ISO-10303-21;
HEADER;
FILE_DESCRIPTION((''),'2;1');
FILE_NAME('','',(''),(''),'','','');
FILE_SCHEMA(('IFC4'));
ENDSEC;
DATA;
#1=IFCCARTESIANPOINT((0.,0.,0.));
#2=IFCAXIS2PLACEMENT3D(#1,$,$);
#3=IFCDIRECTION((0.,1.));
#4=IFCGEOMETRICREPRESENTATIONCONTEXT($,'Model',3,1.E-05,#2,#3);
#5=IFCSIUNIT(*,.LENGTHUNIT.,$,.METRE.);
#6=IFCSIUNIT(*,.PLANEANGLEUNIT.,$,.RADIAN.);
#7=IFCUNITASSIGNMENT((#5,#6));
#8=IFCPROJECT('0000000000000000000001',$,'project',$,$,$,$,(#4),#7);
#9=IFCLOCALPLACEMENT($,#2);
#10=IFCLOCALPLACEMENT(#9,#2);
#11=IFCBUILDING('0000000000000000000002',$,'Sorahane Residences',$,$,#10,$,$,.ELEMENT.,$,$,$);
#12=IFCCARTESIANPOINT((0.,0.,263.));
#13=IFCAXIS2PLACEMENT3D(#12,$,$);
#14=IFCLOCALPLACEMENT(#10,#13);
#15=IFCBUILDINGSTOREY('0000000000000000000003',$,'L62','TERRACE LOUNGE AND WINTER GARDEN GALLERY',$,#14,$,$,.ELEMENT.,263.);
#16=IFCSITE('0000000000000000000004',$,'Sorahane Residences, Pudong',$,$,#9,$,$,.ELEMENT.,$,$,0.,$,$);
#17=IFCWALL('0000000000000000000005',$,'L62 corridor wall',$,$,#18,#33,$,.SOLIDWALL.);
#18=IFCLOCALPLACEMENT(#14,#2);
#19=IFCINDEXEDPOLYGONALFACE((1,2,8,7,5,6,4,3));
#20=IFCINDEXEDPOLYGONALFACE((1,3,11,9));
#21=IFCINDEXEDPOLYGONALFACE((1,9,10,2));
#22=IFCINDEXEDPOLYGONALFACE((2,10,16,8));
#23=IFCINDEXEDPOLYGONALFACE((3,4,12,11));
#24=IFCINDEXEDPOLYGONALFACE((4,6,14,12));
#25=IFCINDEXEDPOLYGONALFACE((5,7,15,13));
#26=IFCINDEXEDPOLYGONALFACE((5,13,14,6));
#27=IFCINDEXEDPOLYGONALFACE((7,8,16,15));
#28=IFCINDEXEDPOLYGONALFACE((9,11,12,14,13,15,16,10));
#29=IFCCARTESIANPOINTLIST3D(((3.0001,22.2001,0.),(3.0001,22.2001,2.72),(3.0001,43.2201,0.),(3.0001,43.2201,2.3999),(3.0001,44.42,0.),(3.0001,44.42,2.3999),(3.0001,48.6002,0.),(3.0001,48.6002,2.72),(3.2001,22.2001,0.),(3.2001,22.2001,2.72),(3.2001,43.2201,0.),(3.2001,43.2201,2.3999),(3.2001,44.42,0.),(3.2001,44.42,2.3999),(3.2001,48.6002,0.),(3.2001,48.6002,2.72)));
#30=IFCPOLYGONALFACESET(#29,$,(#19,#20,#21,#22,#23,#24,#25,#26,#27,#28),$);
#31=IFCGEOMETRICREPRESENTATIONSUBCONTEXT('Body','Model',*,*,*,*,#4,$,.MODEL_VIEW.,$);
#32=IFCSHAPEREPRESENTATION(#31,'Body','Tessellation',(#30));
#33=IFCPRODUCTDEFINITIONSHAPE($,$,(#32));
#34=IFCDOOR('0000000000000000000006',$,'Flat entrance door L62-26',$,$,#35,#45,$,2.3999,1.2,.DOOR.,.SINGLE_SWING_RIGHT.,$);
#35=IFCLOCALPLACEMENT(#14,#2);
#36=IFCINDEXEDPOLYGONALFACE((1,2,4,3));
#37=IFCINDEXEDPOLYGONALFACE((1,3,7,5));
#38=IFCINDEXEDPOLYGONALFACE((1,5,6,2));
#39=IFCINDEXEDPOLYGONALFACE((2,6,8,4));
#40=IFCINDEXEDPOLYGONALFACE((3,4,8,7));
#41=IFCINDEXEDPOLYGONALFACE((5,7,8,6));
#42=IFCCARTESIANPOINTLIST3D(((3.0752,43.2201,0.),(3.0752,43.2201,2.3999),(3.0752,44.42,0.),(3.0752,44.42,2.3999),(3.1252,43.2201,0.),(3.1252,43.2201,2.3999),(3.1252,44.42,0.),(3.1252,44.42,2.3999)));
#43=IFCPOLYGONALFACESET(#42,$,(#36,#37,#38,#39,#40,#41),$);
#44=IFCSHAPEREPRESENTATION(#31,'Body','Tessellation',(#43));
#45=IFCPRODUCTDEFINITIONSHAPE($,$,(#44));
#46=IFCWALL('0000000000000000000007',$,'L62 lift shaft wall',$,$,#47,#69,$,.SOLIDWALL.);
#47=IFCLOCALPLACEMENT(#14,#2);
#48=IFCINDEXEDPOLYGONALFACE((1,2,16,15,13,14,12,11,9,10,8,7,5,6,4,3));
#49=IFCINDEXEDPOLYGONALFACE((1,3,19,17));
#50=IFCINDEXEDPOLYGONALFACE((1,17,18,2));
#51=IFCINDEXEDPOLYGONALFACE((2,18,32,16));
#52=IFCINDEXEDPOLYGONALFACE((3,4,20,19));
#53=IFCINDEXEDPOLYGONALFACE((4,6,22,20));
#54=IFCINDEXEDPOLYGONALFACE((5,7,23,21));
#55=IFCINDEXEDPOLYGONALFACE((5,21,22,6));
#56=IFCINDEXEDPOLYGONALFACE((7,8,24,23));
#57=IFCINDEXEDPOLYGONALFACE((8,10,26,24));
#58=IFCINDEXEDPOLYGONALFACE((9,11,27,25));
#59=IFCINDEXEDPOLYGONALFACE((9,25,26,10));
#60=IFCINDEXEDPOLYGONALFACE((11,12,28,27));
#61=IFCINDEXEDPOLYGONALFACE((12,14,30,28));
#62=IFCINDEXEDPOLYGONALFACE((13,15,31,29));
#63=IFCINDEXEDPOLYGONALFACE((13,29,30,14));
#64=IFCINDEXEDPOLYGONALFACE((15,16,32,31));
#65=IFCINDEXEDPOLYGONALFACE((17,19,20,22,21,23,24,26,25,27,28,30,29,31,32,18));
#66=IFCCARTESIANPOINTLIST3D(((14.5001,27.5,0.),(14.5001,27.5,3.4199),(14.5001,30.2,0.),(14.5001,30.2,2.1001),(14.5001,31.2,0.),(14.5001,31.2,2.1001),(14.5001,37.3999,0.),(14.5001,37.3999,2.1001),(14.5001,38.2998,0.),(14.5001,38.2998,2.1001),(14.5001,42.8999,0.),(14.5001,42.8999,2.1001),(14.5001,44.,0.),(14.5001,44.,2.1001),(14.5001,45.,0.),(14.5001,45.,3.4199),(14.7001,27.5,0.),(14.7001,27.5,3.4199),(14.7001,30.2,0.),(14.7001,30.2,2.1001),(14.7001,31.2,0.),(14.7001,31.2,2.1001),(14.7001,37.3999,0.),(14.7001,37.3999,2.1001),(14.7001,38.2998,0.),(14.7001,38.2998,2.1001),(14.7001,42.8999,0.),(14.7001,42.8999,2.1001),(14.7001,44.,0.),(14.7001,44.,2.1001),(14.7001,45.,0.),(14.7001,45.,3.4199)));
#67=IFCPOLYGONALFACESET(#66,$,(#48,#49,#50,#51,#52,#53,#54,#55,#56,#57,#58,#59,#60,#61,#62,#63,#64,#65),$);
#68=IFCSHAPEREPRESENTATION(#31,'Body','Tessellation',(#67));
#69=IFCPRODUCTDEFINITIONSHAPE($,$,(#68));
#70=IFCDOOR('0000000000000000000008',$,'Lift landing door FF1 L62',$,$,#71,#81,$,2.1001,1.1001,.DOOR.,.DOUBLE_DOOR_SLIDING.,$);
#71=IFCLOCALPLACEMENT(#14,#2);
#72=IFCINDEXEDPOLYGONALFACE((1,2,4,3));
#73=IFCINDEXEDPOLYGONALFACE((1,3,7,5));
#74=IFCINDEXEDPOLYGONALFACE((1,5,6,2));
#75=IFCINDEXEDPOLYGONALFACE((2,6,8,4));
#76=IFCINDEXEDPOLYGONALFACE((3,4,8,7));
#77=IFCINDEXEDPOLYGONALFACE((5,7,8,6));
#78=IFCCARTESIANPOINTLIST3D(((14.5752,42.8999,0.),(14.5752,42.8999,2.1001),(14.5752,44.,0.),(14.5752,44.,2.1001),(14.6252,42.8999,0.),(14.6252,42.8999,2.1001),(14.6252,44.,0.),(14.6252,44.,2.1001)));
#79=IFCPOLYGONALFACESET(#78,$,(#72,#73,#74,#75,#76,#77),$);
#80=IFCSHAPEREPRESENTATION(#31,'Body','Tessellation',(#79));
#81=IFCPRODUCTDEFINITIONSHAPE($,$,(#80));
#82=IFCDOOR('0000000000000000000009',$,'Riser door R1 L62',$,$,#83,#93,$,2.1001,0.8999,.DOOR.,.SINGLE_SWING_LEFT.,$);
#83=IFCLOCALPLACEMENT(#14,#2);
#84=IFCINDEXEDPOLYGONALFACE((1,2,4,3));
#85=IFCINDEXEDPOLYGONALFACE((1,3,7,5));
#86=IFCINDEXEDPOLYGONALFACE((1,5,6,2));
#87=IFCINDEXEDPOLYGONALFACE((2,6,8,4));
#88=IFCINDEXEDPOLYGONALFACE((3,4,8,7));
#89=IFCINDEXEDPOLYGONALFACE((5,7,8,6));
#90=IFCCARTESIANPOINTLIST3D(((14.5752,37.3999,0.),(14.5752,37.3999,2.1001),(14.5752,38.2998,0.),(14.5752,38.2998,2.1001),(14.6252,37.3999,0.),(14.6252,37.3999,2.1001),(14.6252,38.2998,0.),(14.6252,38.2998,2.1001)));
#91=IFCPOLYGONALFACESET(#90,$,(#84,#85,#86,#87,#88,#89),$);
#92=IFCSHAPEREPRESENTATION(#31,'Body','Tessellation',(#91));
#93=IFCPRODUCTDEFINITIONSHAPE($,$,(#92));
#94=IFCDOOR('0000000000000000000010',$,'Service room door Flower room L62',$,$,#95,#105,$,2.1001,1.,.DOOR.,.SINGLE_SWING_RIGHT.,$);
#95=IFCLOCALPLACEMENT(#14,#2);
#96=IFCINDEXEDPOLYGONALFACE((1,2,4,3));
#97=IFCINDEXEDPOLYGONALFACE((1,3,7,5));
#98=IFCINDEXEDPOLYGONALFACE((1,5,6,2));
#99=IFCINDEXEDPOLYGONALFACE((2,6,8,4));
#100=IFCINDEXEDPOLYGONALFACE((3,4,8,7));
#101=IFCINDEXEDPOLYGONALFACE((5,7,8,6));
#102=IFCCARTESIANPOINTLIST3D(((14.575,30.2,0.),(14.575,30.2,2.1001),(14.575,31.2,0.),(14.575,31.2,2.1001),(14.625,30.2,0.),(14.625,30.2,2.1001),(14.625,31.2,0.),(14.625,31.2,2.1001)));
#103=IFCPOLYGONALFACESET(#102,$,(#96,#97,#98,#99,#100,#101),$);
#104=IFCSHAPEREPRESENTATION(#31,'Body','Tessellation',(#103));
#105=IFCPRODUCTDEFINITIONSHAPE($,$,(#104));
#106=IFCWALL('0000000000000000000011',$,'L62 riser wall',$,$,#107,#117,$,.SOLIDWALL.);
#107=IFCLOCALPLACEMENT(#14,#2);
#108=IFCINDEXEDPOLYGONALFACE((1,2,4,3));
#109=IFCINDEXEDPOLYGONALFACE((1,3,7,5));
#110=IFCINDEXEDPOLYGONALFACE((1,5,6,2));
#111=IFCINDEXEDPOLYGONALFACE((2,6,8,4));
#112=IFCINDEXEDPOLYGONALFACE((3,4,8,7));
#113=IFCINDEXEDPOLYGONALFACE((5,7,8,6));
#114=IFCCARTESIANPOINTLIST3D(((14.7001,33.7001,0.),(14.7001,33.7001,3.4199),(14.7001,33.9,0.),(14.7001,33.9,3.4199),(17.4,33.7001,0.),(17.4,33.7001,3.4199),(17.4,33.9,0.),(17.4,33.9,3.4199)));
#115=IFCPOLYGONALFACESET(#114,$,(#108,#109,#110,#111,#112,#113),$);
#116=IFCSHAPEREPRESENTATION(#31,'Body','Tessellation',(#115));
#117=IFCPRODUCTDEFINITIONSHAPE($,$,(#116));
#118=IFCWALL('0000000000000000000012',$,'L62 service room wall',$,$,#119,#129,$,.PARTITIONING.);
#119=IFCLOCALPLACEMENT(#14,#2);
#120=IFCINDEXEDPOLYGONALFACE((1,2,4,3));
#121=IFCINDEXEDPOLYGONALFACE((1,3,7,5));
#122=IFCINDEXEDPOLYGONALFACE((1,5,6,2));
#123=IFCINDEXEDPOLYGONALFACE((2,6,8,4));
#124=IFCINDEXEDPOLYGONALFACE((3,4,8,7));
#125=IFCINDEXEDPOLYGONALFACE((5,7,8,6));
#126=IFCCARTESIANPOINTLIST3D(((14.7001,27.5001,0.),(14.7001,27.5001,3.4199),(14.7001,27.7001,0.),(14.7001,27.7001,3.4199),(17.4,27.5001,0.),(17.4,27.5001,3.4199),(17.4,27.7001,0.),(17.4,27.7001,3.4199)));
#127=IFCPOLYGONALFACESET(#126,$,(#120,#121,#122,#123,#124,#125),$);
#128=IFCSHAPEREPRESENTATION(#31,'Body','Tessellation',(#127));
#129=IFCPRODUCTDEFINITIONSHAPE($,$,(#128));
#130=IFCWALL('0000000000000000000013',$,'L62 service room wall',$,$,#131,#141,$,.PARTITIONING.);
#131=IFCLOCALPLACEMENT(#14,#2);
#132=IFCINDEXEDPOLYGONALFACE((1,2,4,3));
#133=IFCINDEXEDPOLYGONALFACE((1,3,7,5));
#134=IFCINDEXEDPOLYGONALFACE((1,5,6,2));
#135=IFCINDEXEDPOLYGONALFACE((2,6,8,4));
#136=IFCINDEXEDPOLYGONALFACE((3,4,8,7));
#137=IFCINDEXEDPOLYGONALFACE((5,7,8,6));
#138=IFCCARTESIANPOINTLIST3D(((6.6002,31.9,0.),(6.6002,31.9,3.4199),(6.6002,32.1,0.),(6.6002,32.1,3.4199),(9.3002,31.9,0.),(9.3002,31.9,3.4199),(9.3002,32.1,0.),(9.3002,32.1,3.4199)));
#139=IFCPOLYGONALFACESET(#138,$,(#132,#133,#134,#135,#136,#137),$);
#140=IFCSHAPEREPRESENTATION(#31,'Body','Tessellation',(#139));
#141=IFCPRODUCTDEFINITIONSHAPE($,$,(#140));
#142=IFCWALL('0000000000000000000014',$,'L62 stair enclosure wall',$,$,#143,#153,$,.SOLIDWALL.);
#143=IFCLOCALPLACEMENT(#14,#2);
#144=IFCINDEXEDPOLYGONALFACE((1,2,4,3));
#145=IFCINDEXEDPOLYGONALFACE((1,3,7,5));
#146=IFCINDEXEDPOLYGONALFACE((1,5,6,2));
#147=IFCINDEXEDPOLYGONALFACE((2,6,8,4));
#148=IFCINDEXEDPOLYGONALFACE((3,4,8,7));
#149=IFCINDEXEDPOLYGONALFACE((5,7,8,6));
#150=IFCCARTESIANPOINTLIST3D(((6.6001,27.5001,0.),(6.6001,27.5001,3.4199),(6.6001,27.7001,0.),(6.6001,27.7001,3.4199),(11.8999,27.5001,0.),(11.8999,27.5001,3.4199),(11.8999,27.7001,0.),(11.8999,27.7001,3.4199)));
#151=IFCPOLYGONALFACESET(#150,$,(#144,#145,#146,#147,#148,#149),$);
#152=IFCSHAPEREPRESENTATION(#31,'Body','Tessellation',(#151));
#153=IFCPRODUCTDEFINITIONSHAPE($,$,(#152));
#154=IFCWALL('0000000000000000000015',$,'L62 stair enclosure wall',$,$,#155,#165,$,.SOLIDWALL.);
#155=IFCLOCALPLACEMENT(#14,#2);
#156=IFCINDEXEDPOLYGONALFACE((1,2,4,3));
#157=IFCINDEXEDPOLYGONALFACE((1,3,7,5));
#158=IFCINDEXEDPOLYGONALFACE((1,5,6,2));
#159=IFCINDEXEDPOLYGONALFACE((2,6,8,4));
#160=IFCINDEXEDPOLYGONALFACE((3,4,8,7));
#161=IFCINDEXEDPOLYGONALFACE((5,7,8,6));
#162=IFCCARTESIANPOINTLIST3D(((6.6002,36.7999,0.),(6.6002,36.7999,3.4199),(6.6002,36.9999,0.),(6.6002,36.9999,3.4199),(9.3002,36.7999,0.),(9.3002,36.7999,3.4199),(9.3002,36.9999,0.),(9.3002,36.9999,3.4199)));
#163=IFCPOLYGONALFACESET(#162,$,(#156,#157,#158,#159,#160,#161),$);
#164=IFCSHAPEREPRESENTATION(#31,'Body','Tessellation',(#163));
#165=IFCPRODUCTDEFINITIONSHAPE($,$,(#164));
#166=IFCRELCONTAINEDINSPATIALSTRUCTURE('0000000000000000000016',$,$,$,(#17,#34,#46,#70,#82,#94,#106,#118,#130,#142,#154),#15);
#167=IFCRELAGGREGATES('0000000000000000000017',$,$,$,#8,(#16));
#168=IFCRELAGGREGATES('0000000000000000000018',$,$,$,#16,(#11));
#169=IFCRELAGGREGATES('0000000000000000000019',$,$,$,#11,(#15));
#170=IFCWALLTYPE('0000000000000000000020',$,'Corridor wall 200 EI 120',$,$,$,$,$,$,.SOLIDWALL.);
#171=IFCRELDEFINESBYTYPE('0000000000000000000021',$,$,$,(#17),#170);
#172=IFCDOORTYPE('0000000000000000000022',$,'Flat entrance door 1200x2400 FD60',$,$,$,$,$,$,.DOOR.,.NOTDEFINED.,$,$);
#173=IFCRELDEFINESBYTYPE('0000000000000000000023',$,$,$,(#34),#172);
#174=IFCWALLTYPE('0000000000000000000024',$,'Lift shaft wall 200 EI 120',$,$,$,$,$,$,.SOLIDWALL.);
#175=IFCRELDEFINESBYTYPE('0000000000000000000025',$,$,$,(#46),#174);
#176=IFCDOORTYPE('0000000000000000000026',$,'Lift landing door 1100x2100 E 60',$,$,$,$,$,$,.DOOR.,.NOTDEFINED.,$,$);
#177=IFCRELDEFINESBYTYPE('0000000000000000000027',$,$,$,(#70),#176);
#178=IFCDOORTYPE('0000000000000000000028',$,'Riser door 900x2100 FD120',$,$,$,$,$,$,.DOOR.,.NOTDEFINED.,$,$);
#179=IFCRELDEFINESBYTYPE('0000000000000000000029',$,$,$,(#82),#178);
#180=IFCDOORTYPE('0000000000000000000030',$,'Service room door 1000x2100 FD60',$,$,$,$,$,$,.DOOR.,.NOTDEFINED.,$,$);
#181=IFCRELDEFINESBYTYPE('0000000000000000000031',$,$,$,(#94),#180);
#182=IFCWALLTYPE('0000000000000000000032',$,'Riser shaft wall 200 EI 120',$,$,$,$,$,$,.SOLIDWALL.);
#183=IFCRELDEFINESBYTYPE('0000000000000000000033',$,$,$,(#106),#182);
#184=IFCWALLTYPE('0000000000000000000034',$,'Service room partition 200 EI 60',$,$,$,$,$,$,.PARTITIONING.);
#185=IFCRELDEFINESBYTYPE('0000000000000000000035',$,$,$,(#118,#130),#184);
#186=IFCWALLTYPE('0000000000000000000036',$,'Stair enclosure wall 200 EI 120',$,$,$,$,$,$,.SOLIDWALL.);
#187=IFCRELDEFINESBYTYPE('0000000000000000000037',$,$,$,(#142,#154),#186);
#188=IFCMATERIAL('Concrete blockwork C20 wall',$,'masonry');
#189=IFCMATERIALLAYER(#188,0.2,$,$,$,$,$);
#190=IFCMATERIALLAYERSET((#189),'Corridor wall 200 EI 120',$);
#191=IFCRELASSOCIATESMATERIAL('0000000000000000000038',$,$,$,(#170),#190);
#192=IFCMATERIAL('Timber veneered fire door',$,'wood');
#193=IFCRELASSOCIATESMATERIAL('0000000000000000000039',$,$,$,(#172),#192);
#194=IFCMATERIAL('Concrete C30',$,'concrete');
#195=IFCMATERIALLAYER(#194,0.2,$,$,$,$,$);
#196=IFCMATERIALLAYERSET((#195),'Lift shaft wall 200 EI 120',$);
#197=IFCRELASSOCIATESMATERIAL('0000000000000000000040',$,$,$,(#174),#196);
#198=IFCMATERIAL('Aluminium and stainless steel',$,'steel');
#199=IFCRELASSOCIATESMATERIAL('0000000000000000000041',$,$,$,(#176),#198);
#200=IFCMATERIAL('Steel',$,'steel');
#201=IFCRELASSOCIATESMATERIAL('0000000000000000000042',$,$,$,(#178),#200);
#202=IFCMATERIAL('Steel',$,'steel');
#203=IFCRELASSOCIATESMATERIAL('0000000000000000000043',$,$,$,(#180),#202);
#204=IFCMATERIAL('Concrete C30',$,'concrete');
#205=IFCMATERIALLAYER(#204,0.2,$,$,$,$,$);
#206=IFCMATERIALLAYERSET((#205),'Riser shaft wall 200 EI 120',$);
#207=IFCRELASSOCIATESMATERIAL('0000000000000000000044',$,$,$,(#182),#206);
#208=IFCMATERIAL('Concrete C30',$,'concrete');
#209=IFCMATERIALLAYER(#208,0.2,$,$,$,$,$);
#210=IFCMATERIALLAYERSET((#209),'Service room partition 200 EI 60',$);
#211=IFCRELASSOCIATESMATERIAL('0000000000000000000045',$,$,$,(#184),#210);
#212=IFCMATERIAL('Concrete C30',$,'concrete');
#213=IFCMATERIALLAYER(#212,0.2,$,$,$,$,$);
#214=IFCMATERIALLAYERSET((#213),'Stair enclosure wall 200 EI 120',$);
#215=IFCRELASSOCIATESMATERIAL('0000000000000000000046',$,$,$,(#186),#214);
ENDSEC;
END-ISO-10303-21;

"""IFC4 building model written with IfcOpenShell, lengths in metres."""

from ifc_helpers import new_model, si_unit, direction, frame, frame_2d, origin, place, context, subcontext, project, spatial, rectangle, extrude, material, layer, layer_set, type_object, element, fill, save


model = new_model("IFC4")

# Units and contexts
model_context = context("Model", 3, precision=1e-05, world=origin(), true_north=direction((0.0, 1.0)))
body_context = subcontext(model_context, "Body", "Model", "MODEL_VIEW")
ifc_project = project(units=[si_unit("LENGTHUNIT", "METRE"), si_unit("PLANEANGLEUNIT", "RADIAN")], contexts=[model_context])

# Site, building, storey
site_placement = place(None, origin())
site = spatial("IfcSite", under=ifc_project, at=site_placement, Name="Sorahane Residences, Pudong", CompositionType="ELEMENT", RefElevation=0.0)
building_placement = place(site_placement, origin())
building = spatial("IfcBuilding", under=site, at=building_placement, Name="Sorahane Residences", CompositionType="ELEMENT")
storey_placement = place(building_placement, frame((0.0, 0.0, 263.0)))
storey = spatial("IfcBuildingStorey", under=building, at=storey_placement, Name="L62", Description="TERRACE LOUNGE AND WINTER GARDEN GALLERY", CompositionType="ELEMENT", Elevation=263.0)

# Wall, opening, door
ifc_material_1 = material(Name="Concrete blockwork C20 wall", Category="masonry")
ifc_layer_1 = layer(ifc_material_1, 0.2)
ifc_layer_set_1 = layer_set([ifc_layer_1], Name="Corridor wall 200 EI 120")
wall_type_1 = type_object("IfcWallType", Name="Corridor wall 200 EI 120", PredefinedType="SOLIDWALL", material=ifc_layer_set_1)
wall_1_placement = place(storey_placement, frame((3.1001, 22.2, 0.0), z_axis=(0.0, 0.0, 1.0), x_axis=(0.0, 1.0, 0.0)))
wall_1 = element("IfcWall", 1, at=wall_1_placement, inside=storey, type_object=wall_type_1, Name="L62 corridor wall", PredefinedType="SOLIDWALL", context=body_context, shape_type="SweptSolid", body=[
    extrude(rectangle(XDim=26.4001, YDim=0.2, at=frame_2d((13.2002, 0.0))), origin(), (0.0, 0.0, 1.0), 2.72),
])
opening_1_placement = place(wall_1_placement, frame((21.02, 0.0, 0.0)))
opening_1 = element("IfcOpeningElement", 2, at=opening_1_placement, cuts=wall_1, PredefinedType="OPENING", context=body_context, shape_type="SweptSolid", body=[
    extrude(rectangle(XDim=1.2, YDim=2.3999, at=frame_2d((0.6001, 1.2))), frame((0.0, 0.1099, 0.0), z_axis=(0.0, -1.0, 0.0), x_axis=(1.0, 0.0, 0.0)), (0.0, 0.0, 1.0), 0.22),
])
ifc_material_2 = material(Name="Timber veneered fire door", Category="wood")
door_type_1 = type_object("IfcDoorType", Name="Flat entrance door 1200x2400 FD60", OperationType="NOTDEFINED", PredefinedType="DOOR", material=ifc_material_2)
door_1_placement = place(opening_1_placement, origin())
door_1 = element("IfcDoor", 3, at=door_1_placement, inside=storey, type_object=door_type_1, Name="Flat entrance door L62-26", OperationType="SINGLE_SWING_RIGHT", OverallHeight=2.3999, OverallWidth=1.2, PredefinedType="DOOR", context=body_context, shape_type="SweptSolid", body=[
    extrude(rectangle(XDim=1.2, YDim=2.3999, at=frame_2d((0.6001, 1.2))), frame((0.0, 0.0249, 0.0), z_axis=(0.0, -1.0, 0.0), x_axis=(1.0, 0.0, 0.0)), (0.0, 0.0, 1.0), 0.05),
])
fill(opening_1, door_1)

# Wall, openings, doors
ifc_material_3 = material(Name="Concrete C30", Category="concrete")
ifc_layer_2 = layer(ifc_material_3, 0.2)
ifc_layer_set_2 = layer_set([ifc_layer_2], Name="Lift shaft wall 200 EI 120")
wall_type_2 = type_object("IfcWallType", Name="Lift shaft wall 200 EI 120", PredefinedType="SOLIDWALL", material=ifc_layer_set_2)
wall_2_placement = place(storey_placement, frame((14.6001, 27.5, 0.0), z_axis=(0.0, 0.0, 1.0), x_axis=(0.0, 1.0, 0.0)))
wall_2 = element("IfcWall", 4, at=wall_2_placement, inside=storey, type_object=wall_type_2, Name="L62 lift shaft wall", PredefinedType="SOLIDWALL", context=body_context, shape_type="SweptSolid", body=[
    extrude(rectangle(XDim=17.5, YDim=0.2, at=frame_2d((8.75, 0.0))), origin(), (0.0, 0.0, 1.0), 3.4199),
])
opening_2_placement = place(wall_2_placement, frame((15.3999, 0.0, 0.0)))
opening_2 = element("IfcOpeningElement", 5, at=opening_2_placement, cuts=wall_2, PredefinedType="OPENING", context=body_context, shape_type="SweptSolid", body=[
    extrude(rectangle(XDim=1.1001, YDim=2.1001, at=frame_2d((0.55, 1.05))), frame((0.0, 0.1099, 0.0), z_axis=(0.0, -1.0, 0.0), x_axis=(1.0, 0.0, 0.0)), (0.0, 0.0, 1.0), 0.22),
])
opening_3_placement = place(wall_2_placement, frame((2.7, 0.0, 0.0)))
opening_3 = element("IfcOpeningElement", 6, at=opening_3_placement, cuts=wall_2, PredefinedType="OPENING", context=body_context, shape_type="SweptSolid", body=[
    extrude(rectangle(XDim=1.0, YDim=2.1001, at=frame_2d((0.5, 1.05))), frame((0.0, 0.1099, 0.0), z_axis=(0.0, -1.0, 0.0), x_axis=(1.0, 0.0, 0.0)), (0.0, 0.0, 1.0), 0.22),
])
opening_4_placement = place(wall_2_placement, frame((9.8999, 0.0, 0.0)))
opening_4 = element("IfcOpeningElement", 7, at=opening_4_placement, cuts=wall_2, PredefinedType="OPENING", context=body_context, shape_type="SweptSolid", body=[
    extrude(rectangle(XDim=0.8999, YDim=2.1001, at=frame_2d((0.45, 1.05))), frame((0.0, 0.1099, 0.0), z_axis=(0.0, -1.0, 0.0), x_axis=(1.0, 0.0, 0.0)), (0.0, 0.0, 1.0), 0.22),
])
ifc_material_4 = material(Name="Aluminium and stainless steel", Category="steel")
door_type_2 = type_object("IfcDoorType", Name="Lift landing door 1100x2100 E 60", OperationType="NOTDEFINED", PredefinedType="DOOR", material=ifc_material_4)
door_2_placement = place(opening_2_placement, origin())
door_2 = element("IfcDoor", 8, at=door_2_placement, inside=storey, type_object=door_type_2, Name="Lift landing door FF1 L62", OperationType="DOUBLE_DOOR_SLIDING", OverallHeight=2.1001, OverallWidth=1.1001, PredefinedType="DOOR", context=body_context, shape_type="SweptSolid", body=[
    extrude(rectangle(XDim=1.1001, YDim=2.1001, at=frame_2d((0.55, 1.05))), frame((0.0, 0.0249, 0.0), z_axis=(0.0, -1.0, 0.0), x_axis=(1.0, 0.0, 0.0)), (0.0, 0.0, 1.0), 0.05),
])
fill(opening_2, door_2)
ifc_material_5 = material(Name="Steel", Category="steel")
door_type_3 = type_object("IfcDoorType", Name="Riser door 900x2100 FD120", OperationType="NOTDEFINED", PredefinedType="DOOR", material=ifc_material_5)
door_3_placement = place(opening_4_placement, origin())
door_3 = element("IfcDoor", 9, at=door_3_placement, inside=storey, type_object=door_type_3, Name="Riser door R1 L62", OperationType="SINGLE_SWING_LEFT", OverallHeight=2.1001, OverallWidth=0.8999, PredefinedType="DOOR", context=body_context, shape_type="SweptSolid", body=[
    extrude(rectangle(XDim=0.8999, YDim=2.1001, at=frame_2d((0.45, 1.05))), frame((0.0, 0.0249, 0.0), z_axis=(0.0, -1.0, 0.0), x_axis=(1.0, 0.0, 0.0)), (0.0, 0.0, 1.0), 0.05),
])
fill(opening_4, door_3)
ifc_material_6 = material(Name="Steel", Category="steel")
door_type_4 = type_object("IfcDoorType", Name="Service room door 1000x2100 FD60", OperationType="NOTDEFINED", PredefinedType="DOOR", material=ifc_material_6)
door_4_placement = place(opening_3_placement, frame((1.0, 0.0, 0.0), z_axis=(0.0, 0.0, 1.0), x_axis=(-1.0, 0.0, 0.0)))
door_4 = element("IfcDoor", 10, at=door_4_placement, inside=storey, type_object=door_type_4, Name="Service room door Flower room L62", OperationType="SINGLE_SWING_RIGHT", OverallHeight=2.1001, OverallWidth=1.0, PredefinedType="DOOR", context=body_context, shape_type="SweptSolid", body=[
    extrude(rectangle(XDim=1.0, YDim=2.1001, at=frame_2d((0.5, 1.05))), frame((0.0, 0.0249, 0.0), z_axis=(0.0, -1.0, 0.0), x_axis=(1.0, 0.0, 0.0)), (0.0, 0.0, 1.0), 0.05),
])
fill(opening_3, door_4)

# Walls
ifc_material_7 = material(Name="Concrete C30", Category="concrete")
ifc_layer_3 = layer(ifc_material_7, 0.2)
ifc_layer_set_3 = layer_set([ifc_layer_3], Name="Riser shaft wall 200 EI 120")
wall_type_3 = type_object("IfcWallType", Name="Riser shaft wall 200 EI 120", PredefinedType="SOLIDWALL", material=ifc_layer_set_3)
wall_3_placement = place(storey_placement, frame((14.7, 33.8, 0.0), z_axis=(0.0, 0.0, 1.0), x_axis=(1.0, 0.0, 0.0)))
element("IfcWall", 11, at=wall_3_placement, inside=storey, type_object=wall_type_3, Name="L62 riser wall", PredefinedType="SOLIDWALL", context=body_context, shape_type="SweptSolid", body=[
    extrude(rectangle(XDim=2.7, YDim=0.2, at=frame_2d((1.3501, 0.0))), origin(), (0.0, 0.0, 1.0), 3.4199),
])
ifc_material_8 = material(Name="Concrete C30", Category="concrete")
ifc_layer_4 = layer(ifc_material_8, 0.2)
ifc_layer_set_4 = layer_set([ifc_layer_4], Name="Service room partition 200 EI 60")
wall_type_4 = type_object("IfcWallType", Name="Service room partition 200 EI 60", PredefinedType="PARTITIONING", material=ifc_layer_set_4)
for number, where, z_axis, x_axis, name in (
    (12, (14.7, 27.6001, 0.0), (0.0, 0.0, 1.0), (1.0, 0.0, 0.0), "L62 service room wall"),
    (13, (6.6001, 32.0, 0.0), (0.0, 0.0, 1.0), (1.0, 0.0, 0.0), "L62 service room wall"),
):
    element("IfcWall", number, at=place(storey_placement, frame(where, z_axis=z_axis, x_axis=x_axis)), inside=storey, type_object=wall_type_4, Name=name, PredefinedType="PARTITIONING", context=body_context, shape_type="SweptSolid", body=[
        extrude(rectangle(XDim=2.7, YDim=0.2, at=frame_2d((1.3501, 0.0))), origin(), (0.0, 0.0, 1.0), 3.4199),
    ])
ifc_material_9 = material(Name="Concrete C30", Category="concrete")
ifc_layer_5 = layer(ifc_material_9, 0.2)
ifc_layer_set_5 = layer_set([ifc_layer_5], Name="Stair enclosure wall 200 EI 120")
wall_type_5 = type_object("IfcWallType", Name="Stair enclosure wall 200 EI 120", PredefinedType="SOLIDWALL", material=ifc_layer_set_5)
wall_4_placement = place(storey_placement, frame((6.6001, 27.6001, 0.0), z_axis=(0.0, 0.0, 1.0), x_axis=(1.0, 0.0, 0.0)))
element("IfcWall", 14, at=wall_4_placement, inside=storey, type_object=wall_type_5, Name="L62 stair enclosure wall", PredefinedType="SOLIDWALL", context=body_context, shape_type="SweptSolid", body=[
    extrude(rectangle(XDim=5.2998, YDim=0.2, at=frame_2d((2.6499, 0.0))), origin(), (0.0, 0.0, 1.0), 3.4199),
])
wall_5_placement = place(storey_placement, frame((6.6001, 36.8999, 0.0), z_axis=(0.0, 0.0, 1.0), x_axis=(1.0, 0.0, 0.0)))
element("IfcWall", 15, at=wall_5_placement, inside=storey, type_object=wall_type_5, Name="L62 stair enclosure wall", PredefinedType="SOLIDWALL", context=body_context, shape_type="SweptSolid", body=[
    extrude(rectangle(XDim=2.7, YDim=0.2, at=frame_2d((1.3501, 0.0))), origin(), (0.0, 0.0, 1.0), 3.4199),
])

save(model, "model.ifc")
